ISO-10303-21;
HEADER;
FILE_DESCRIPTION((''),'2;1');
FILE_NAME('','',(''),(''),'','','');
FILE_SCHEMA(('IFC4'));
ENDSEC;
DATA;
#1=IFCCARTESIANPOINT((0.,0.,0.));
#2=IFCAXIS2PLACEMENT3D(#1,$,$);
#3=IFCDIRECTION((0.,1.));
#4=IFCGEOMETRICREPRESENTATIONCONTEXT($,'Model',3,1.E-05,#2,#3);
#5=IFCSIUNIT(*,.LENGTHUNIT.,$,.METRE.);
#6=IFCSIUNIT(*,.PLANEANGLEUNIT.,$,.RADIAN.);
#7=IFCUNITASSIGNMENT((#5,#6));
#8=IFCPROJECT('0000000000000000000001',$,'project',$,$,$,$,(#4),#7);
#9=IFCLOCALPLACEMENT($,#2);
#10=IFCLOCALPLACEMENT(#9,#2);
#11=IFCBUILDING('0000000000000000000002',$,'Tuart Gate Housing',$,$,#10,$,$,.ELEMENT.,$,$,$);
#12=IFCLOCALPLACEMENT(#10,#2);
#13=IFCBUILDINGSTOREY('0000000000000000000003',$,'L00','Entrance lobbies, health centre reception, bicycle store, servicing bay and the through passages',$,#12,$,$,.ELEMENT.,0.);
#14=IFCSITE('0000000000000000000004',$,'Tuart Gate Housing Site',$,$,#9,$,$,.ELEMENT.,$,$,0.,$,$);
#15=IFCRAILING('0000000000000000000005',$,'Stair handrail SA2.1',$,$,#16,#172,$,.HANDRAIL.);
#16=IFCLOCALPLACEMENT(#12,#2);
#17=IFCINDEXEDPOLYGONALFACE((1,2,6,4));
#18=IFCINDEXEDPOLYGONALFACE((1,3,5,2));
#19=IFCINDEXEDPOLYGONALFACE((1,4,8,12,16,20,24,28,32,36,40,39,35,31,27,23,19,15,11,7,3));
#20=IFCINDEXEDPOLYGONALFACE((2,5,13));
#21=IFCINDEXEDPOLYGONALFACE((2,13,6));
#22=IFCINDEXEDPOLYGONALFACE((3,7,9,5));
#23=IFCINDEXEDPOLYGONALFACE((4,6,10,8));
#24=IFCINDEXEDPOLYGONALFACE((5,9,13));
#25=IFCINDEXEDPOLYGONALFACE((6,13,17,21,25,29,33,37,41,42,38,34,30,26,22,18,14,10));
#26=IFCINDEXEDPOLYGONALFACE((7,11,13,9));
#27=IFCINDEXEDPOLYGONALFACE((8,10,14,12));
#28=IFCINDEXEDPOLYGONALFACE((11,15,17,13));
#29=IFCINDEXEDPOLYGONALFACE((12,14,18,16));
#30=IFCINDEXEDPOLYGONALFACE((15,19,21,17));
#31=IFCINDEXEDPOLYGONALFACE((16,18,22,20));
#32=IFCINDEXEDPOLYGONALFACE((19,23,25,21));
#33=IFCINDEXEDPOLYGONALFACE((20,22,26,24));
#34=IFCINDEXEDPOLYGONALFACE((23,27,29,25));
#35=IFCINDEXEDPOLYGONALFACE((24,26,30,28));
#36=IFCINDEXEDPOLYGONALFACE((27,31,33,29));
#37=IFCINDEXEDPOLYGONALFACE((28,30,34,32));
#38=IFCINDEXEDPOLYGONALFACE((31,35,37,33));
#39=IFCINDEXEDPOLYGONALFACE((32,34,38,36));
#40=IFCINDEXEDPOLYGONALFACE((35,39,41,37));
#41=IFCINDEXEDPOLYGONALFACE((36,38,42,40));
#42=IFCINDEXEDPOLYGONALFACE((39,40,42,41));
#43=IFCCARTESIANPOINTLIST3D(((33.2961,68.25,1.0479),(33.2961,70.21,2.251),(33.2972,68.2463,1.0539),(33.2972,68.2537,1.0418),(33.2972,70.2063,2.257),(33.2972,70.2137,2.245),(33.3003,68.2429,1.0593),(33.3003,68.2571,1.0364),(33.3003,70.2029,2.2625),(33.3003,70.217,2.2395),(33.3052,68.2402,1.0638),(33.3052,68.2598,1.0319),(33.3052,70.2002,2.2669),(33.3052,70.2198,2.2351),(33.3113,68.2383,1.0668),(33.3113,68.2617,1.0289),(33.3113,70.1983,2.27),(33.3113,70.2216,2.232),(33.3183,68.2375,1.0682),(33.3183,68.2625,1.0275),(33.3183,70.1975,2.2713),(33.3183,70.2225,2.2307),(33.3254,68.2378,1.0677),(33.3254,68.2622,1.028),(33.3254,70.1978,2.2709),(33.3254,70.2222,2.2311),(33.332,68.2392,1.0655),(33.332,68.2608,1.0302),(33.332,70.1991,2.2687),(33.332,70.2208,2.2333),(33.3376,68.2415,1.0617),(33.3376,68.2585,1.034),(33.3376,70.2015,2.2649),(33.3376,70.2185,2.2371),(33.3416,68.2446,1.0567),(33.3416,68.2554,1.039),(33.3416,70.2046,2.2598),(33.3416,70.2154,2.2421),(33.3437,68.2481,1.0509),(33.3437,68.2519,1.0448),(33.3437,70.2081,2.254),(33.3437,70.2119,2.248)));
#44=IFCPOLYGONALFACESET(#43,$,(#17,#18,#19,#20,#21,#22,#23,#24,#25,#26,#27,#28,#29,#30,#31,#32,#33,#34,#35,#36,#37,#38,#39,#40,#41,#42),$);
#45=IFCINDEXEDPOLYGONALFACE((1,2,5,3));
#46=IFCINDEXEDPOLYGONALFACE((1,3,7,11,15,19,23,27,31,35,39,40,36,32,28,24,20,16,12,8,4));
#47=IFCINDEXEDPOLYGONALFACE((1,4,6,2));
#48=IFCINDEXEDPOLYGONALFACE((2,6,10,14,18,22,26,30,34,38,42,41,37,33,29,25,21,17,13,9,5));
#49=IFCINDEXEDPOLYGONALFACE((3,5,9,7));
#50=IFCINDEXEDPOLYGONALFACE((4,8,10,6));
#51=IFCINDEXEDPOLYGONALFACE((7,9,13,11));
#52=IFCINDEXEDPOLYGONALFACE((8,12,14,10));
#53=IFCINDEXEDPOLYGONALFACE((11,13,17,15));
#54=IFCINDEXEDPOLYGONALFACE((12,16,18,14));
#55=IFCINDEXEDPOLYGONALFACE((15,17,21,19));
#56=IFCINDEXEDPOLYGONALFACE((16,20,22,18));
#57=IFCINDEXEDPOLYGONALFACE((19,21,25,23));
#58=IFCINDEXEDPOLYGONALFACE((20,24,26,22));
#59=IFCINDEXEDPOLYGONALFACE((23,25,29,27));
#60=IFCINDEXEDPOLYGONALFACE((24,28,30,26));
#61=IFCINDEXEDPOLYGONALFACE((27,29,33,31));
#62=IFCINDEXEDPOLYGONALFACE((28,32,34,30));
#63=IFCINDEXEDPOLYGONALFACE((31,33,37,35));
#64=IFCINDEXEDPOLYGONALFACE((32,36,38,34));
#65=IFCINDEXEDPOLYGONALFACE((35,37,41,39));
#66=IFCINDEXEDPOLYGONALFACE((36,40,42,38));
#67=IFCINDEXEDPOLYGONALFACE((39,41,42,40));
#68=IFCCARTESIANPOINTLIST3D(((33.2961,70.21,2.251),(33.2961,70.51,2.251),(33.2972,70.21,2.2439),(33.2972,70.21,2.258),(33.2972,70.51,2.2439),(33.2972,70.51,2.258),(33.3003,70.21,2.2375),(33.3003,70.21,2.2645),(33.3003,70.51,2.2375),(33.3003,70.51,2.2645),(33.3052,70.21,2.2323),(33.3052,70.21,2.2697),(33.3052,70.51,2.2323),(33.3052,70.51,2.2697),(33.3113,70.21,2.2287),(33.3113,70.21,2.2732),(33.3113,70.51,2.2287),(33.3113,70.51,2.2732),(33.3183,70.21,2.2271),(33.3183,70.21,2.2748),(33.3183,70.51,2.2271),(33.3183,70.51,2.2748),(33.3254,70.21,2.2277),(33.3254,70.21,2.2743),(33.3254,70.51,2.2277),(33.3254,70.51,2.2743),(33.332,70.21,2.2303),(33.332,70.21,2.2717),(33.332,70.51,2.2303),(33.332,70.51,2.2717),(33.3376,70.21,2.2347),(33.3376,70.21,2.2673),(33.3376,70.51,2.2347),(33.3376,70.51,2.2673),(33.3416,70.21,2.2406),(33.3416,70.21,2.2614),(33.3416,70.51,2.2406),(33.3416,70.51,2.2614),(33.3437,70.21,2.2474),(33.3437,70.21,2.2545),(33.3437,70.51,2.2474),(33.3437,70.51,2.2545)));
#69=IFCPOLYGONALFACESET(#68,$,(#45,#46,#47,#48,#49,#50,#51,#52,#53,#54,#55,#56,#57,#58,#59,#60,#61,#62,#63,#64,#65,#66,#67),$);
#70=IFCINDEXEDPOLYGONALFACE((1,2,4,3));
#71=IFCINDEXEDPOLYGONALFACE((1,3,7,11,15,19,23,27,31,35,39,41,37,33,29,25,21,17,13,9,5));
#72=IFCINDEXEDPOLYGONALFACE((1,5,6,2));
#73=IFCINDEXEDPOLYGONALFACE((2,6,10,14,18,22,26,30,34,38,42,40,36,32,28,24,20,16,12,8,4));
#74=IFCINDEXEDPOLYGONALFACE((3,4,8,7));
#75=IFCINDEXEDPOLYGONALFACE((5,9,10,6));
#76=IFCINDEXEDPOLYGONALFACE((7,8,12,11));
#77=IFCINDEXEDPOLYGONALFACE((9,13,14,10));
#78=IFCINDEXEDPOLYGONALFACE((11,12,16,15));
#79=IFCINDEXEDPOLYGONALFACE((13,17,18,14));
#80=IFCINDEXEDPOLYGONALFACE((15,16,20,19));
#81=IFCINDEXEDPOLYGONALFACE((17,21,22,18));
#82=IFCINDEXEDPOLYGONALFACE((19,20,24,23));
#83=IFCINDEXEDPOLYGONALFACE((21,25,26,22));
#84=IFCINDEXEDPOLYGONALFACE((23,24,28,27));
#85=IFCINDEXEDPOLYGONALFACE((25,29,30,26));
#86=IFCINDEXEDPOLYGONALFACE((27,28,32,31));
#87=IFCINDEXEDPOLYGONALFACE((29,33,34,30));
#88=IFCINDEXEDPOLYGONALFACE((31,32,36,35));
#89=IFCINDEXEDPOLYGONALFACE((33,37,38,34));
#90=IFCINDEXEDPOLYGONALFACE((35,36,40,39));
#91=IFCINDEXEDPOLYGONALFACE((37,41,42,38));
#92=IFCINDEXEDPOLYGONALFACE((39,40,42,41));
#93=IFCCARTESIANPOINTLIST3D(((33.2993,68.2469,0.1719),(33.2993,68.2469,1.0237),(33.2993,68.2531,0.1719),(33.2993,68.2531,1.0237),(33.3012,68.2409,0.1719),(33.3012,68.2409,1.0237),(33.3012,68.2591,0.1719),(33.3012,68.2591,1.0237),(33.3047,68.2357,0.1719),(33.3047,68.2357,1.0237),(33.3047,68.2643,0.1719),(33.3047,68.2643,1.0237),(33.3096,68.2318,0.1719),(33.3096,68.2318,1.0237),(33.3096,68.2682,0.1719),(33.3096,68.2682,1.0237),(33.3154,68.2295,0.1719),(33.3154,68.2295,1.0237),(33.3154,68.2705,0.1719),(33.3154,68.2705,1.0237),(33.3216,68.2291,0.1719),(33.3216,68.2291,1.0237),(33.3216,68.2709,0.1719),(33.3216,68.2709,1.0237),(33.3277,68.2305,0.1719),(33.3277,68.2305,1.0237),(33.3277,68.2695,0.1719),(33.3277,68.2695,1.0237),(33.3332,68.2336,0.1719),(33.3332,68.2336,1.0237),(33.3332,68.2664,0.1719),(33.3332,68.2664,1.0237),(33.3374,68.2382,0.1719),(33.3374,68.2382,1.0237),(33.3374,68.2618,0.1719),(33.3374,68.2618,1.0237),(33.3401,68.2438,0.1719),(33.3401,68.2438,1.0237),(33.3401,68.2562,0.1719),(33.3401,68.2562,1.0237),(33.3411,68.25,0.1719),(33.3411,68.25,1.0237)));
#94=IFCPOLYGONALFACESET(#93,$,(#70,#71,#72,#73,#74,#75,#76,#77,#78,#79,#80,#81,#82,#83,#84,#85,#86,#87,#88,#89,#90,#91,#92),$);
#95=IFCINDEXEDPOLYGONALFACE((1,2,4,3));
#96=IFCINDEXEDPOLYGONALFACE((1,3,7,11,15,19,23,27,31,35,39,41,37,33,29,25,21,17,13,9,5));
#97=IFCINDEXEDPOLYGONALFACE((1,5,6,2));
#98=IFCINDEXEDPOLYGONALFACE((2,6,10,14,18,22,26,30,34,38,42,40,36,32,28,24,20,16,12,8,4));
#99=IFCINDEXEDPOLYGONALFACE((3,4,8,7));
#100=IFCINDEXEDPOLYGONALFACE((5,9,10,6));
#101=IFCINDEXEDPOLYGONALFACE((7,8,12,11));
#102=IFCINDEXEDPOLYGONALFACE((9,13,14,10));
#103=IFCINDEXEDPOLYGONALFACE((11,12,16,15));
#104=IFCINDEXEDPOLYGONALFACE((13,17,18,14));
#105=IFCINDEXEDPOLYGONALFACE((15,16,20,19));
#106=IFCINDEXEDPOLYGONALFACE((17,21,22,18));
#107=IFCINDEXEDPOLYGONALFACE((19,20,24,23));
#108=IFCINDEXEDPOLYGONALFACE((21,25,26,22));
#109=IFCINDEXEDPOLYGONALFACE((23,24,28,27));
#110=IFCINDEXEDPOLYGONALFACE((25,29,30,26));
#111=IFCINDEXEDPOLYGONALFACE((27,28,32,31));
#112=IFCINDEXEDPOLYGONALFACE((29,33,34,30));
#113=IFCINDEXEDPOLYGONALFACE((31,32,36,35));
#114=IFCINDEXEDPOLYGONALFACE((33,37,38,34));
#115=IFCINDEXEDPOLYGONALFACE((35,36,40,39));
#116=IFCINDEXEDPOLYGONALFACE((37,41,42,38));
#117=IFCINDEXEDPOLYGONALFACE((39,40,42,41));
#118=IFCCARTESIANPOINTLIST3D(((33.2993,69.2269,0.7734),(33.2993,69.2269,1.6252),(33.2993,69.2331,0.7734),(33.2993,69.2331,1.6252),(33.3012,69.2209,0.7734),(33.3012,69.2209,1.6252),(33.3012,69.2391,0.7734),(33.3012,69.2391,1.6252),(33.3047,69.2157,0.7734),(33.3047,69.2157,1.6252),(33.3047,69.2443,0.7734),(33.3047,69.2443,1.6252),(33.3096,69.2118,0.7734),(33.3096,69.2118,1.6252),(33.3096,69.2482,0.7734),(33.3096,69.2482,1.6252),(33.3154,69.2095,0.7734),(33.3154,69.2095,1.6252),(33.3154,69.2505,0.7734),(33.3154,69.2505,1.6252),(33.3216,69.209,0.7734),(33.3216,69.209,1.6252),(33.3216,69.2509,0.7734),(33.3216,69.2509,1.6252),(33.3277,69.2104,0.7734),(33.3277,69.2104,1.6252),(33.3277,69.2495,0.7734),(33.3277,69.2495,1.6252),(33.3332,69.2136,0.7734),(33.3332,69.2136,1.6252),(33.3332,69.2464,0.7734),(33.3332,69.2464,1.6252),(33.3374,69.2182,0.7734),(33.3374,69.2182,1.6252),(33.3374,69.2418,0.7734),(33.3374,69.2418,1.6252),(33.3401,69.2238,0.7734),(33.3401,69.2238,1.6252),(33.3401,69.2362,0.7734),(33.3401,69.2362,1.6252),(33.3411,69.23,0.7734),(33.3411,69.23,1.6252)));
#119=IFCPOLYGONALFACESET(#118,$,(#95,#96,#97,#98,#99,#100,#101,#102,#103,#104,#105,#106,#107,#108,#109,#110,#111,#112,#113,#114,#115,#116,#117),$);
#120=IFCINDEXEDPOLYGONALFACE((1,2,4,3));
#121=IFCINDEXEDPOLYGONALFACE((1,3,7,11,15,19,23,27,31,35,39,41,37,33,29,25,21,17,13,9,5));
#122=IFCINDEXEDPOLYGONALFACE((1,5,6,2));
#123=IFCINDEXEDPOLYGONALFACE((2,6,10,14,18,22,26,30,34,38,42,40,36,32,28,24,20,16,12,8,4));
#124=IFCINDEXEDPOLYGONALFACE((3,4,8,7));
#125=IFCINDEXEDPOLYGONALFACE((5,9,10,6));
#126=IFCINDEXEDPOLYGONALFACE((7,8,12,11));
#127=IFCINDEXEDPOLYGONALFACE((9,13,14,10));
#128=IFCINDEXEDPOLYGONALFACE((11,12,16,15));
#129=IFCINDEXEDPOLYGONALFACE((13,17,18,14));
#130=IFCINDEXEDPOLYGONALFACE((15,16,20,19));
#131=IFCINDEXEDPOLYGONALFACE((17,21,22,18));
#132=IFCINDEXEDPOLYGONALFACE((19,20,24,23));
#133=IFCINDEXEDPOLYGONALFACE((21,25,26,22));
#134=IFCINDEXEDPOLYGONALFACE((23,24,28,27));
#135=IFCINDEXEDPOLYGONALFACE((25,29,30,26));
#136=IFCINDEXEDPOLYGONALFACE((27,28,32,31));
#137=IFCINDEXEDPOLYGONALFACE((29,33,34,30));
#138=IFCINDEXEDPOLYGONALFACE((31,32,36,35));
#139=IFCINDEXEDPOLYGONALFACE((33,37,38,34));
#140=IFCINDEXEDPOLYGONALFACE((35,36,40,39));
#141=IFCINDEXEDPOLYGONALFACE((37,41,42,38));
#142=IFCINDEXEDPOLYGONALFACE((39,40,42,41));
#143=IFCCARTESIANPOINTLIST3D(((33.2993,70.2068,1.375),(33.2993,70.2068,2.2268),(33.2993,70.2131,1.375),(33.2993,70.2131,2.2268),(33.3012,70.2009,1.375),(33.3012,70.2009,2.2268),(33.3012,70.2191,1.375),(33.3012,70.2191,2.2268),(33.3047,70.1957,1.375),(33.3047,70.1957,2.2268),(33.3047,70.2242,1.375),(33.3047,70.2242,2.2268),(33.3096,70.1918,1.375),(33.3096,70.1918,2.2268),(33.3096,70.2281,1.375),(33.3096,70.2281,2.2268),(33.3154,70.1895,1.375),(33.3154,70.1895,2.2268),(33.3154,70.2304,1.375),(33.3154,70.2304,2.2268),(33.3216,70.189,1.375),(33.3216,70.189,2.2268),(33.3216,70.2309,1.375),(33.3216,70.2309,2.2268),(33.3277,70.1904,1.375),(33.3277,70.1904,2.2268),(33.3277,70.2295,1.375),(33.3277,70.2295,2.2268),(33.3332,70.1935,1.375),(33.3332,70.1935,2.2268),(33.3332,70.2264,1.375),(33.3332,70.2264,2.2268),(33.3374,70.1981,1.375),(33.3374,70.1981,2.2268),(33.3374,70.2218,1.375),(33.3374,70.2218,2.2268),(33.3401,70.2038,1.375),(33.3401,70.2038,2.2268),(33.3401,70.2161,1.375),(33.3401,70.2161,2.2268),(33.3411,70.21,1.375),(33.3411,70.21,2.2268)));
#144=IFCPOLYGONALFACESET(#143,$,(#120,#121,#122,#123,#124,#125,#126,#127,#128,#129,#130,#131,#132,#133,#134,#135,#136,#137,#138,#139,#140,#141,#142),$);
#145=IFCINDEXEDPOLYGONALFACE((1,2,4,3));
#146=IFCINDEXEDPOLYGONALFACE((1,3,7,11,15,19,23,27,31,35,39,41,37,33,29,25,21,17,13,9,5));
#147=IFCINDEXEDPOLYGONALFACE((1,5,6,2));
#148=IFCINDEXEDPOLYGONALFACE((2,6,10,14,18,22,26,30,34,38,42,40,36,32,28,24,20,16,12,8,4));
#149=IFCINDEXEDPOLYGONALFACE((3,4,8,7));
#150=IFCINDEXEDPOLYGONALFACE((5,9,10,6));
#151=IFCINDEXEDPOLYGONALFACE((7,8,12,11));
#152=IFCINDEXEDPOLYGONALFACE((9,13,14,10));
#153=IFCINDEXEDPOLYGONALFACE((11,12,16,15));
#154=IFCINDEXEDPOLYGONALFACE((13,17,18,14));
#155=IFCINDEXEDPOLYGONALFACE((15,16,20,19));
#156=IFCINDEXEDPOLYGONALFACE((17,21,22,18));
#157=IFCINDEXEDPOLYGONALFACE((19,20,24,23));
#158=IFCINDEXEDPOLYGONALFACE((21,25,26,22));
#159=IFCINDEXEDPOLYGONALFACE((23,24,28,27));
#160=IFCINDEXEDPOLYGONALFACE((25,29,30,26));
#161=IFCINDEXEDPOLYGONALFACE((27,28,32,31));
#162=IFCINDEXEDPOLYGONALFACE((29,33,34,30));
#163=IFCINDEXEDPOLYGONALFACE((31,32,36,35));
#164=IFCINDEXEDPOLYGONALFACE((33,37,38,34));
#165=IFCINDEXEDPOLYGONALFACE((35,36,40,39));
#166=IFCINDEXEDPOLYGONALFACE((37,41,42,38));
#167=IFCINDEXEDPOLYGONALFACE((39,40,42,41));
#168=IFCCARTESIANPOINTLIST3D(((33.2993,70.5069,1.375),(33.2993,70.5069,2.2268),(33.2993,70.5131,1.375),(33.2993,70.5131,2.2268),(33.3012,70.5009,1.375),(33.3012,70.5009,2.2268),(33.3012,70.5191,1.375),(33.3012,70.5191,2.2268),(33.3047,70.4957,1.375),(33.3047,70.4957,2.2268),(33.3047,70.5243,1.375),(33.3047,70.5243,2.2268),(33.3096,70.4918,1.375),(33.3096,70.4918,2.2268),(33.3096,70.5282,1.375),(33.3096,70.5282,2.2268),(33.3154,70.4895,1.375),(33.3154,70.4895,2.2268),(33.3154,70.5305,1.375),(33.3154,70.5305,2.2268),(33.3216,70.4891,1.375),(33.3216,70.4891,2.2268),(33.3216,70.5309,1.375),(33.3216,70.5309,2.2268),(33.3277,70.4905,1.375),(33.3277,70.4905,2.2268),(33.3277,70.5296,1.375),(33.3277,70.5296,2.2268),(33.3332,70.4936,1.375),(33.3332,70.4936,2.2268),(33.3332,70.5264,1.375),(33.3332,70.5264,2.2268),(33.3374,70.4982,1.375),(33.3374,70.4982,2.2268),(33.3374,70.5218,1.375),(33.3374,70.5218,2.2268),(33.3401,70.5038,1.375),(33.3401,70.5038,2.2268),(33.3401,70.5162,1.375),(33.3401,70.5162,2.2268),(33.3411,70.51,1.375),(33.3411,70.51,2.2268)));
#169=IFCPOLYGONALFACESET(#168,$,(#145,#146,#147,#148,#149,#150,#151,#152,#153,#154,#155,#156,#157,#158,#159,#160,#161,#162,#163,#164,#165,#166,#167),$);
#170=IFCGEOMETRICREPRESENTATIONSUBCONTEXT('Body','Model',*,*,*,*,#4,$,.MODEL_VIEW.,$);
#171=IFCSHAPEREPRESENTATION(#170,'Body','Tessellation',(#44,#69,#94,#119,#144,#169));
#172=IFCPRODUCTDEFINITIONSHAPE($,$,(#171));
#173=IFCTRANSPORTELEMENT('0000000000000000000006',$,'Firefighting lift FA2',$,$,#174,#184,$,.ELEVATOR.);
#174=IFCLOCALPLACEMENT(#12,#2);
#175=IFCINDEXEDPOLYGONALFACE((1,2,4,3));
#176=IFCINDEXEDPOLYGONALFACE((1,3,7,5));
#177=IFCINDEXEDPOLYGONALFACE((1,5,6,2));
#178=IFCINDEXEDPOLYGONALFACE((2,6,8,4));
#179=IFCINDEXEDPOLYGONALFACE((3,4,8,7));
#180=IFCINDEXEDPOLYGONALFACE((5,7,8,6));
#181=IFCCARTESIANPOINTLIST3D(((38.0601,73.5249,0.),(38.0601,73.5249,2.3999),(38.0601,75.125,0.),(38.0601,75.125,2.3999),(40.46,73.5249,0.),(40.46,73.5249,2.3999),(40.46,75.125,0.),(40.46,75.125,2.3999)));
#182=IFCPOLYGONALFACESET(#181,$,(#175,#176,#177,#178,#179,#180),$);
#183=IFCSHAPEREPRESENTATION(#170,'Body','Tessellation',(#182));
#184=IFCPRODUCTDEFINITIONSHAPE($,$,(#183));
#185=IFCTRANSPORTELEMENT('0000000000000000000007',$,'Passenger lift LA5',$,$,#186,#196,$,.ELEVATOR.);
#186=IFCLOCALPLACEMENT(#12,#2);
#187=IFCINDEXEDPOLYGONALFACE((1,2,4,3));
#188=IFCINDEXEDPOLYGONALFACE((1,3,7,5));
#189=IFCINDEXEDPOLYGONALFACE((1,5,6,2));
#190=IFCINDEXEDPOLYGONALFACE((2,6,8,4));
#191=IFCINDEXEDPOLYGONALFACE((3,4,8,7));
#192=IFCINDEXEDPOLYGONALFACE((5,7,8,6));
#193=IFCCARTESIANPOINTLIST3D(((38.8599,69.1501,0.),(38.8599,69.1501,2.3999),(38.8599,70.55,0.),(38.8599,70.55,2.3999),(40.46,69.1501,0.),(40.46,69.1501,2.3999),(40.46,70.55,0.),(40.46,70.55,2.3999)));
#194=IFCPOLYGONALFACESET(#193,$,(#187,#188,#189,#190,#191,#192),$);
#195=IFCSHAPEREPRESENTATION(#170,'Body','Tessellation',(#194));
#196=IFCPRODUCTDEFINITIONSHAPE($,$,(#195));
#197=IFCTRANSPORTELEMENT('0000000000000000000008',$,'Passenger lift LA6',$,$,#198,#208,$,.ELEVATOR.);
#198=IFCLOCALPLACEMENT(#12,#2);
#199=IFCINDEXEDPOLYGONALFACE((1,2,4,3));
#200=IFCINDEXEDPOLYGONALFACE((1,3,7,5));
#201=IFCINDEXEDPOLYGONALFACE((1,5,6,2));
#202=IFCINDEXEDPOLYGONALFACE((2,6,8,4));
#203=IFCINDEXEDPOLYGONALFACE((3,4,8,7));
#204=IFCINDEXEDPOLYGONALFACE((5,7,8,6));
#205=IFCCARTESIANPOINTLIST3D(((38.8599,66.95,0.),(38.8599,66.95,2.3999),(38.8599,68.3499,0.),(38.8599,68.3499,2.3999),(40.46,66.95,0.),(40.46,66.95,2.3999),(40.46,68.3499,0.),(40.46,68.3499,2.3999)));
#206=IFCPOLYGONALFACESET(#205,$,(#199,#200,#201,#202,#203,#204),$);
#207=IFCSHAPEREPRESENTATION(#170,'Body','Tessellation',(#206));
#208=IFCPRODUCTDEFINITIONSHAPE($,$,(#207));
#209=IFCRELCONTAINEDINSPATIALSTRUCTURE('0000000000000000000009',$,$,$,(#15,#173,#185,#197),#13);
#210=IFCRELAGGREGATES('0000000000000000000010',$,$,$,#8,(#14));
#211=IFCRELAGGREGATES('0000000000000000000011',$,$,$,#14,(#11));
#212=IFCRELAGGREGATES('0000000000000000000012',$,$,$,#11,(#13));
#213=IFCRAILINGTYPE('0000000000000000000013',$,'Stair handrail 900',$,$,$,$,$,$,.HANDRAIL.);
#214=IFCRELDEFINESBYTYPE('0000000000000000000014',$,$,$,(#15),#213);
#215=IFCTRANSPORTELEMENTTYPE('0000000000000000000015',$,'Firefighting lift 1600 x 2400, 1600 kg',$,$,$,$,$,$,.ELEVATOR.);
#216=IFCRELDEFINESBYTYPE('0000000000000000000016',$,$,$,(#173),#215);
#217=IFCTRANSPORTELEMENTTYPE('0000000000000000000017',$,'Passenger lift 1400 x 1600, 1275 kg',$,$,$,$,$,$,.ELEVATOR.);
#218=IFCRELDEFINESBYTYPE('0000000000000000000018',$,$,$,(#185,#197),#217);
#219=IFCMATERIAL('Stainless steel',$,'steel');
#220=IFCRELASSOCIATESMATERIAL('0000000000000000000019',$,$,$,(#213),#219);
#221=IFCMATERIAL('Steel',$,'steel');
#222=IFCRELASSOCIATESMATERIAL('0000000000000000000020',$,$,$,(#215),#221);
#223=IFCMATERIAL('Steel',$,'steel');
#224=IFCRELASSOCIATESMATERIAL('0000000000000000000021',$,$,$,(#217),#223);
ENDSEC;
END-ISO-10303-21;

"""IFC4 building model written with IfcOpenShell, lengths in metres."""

from ifc_helpers import new_model, si_unit, direction, frame, origin, origin_2d, place, context, subcontext, project, spatial, rectangle, circle, extrude, material, type_object, element, save


model = new_model("IFC4")

# Units and contexts
model_context = context("Model", 3, precision=1e-05, world=origin(), true_north=direction((0.0, 1.0)))
body_context = subcontext(model_context, "Body", "Model", "MODEL_VIEW")
ifc_project = project(units=[si_unit("LENGTHUNIT", "METRE"), si_unit("PLANEANGLEUNIT", "RADIAN")], contexts=[model_context])

# Site, building, storey
site_placement = place(None, origin())
site = spatial("IfcSite", under=ifc_project, at=site_placement, Name="Tuart Gate Housing Site", CompositionType="ELEMENT", RefElevation=0.0)
building_placement = place(site_placement, origin())
building = spatial("IfcBuilding", under=site, at=building_placement, Name="Tuart Gate Housing", CompositionType="ELEMENT")
storey_placement = place(building_placement, origin())
storey = spatial("IfcBuildingStorey", under=building, at=storey_placement, Name="L00", Description="Entrance lobbies, health centre reception, bicycle store, servicing bay and the through passages", CompositionType="ELEMENT", Elevation=0.0)

# Railing
ifc_material_1 = material(Name="Stainless steel", Category="steel")
railing_type = type_object("IfcRailingType", Name="Stair handrail 900", PredefinedType="HANDRAIL", material=ifc_material_1)
railing_placement = place(storey_placement, frame((33.3201, 68.25, 0.1719)))
element("IfcRailing", 1, at=railing_placement, inside=storey, type_object=railing_type, Name="Stair handrail SA2.1", PredefinedType="HANDRAIL", context=body_context, shape_type="SweptSolid", body=[
    extrude(circle(Radius=0.0239, at=origin_2d()), frame((0.0, 0.0, 0.876), z_axis=(0.0, 0.852241, 0.523149), x_axis=(-1.0, 0.0, 0.0)), (0.0, 0.0, 1.0), 2.2998),
    extrude(circle(Radius=0.0239, at=origin_2d()), frame((0.0, 1.96, 2.0791), z_axis=(0.0, 1.0, 0.0), x_axis=(-1.0, 0.0, 0.0)), (0.0, 0.0, 1.0), 0.3),
    extrude(circle(Radius=0.021, at=origin_2d()), origin(), (0.0, 0.0, 1.0), 0.8518),
    extrude(circle(Radius=0.021, at=origin_2d()), frame((0.0, 0.98, 0.6016)), (0.0, 0.0, 1.0), 0.8518),
    extrude(circle(Radius=0.021, at=origin_2d()), frame((0.0, 1.96, 1.2031)), (0.0, 0.0, 1.0), 0.8518),
    extrude(circle(Radius=0.021, at=origin_2d()), frame((0.0, 2.26, 1.2031)), (0.0, 0.0, 1.0), 0.8518),
])

# Transport elements
ifc_material_2 = material(Name="Steel", Category="steel")
transport_element_type_1 = type_object("IfcTransportElementType", Name="Firefighting lift 1600 x 2400, 1600 kg", PredefinedType="ELEVATOR", material=ifc_material_2)
transport_element_placement = place(storey_placement, frame((39.26, 74.325, 0.0), z_axis=(0.0, 0.0, 1.0), x_axis=(0.0, 1.0, 0.0)))
element("IfcTransportElement", 2, at=transport_element_placement, inside=storey, type_object=transport_element_type_1, Name="Firefighting lift FA2", PredefinedType="ELEVATOR", context=body_context, shape_type="SweptSolid", body=[
    extrude(rectangle(XDim=1.6001, YDim=2.3999, at=origin_2d()), origin(), (0.0, 0.0, 1.0), 2.3999),
])
ifc_material_3 = material(Name="Steel", Category="steel")
transport_element_type_2 = type_object("IfcTransportElementType", Name="Passenger lift 1400 x 1600, 1275 kg", PredefinedType="ELEVATOR", material=ifc_material_3)
for number, where, z_axis, x_axis, name in (
    (3, (39.6599, 69.8501, 0.0), (0.0, 0.0, 1.0), (0.0, 1.0, 0.0), "Passenger lift LA5"),
    (4, (39.6599, 67.6499, 0.0), (0.0, 0.0, 1.0), (0.0, 1.0, 0.0), "Passenger lift LA6"),
):
    element("IfcTransportElement", number, at=place(storey_placement, frame(where, z_axis=z_axis, x_axis=x_axis)), inside=storey, type_object=transport_element_type_2, Name=name, PredefinedType="ELEVATOR", context=body_context, shape_type="SweptSolid", body=[
        extrude(rectangle(XDim=1.3999, YDim=1.6001, at=origin_2d()), origin(), (0.0, 0.0, 1.0), 2.3999),
    ])

save(model, "model.ifc")
